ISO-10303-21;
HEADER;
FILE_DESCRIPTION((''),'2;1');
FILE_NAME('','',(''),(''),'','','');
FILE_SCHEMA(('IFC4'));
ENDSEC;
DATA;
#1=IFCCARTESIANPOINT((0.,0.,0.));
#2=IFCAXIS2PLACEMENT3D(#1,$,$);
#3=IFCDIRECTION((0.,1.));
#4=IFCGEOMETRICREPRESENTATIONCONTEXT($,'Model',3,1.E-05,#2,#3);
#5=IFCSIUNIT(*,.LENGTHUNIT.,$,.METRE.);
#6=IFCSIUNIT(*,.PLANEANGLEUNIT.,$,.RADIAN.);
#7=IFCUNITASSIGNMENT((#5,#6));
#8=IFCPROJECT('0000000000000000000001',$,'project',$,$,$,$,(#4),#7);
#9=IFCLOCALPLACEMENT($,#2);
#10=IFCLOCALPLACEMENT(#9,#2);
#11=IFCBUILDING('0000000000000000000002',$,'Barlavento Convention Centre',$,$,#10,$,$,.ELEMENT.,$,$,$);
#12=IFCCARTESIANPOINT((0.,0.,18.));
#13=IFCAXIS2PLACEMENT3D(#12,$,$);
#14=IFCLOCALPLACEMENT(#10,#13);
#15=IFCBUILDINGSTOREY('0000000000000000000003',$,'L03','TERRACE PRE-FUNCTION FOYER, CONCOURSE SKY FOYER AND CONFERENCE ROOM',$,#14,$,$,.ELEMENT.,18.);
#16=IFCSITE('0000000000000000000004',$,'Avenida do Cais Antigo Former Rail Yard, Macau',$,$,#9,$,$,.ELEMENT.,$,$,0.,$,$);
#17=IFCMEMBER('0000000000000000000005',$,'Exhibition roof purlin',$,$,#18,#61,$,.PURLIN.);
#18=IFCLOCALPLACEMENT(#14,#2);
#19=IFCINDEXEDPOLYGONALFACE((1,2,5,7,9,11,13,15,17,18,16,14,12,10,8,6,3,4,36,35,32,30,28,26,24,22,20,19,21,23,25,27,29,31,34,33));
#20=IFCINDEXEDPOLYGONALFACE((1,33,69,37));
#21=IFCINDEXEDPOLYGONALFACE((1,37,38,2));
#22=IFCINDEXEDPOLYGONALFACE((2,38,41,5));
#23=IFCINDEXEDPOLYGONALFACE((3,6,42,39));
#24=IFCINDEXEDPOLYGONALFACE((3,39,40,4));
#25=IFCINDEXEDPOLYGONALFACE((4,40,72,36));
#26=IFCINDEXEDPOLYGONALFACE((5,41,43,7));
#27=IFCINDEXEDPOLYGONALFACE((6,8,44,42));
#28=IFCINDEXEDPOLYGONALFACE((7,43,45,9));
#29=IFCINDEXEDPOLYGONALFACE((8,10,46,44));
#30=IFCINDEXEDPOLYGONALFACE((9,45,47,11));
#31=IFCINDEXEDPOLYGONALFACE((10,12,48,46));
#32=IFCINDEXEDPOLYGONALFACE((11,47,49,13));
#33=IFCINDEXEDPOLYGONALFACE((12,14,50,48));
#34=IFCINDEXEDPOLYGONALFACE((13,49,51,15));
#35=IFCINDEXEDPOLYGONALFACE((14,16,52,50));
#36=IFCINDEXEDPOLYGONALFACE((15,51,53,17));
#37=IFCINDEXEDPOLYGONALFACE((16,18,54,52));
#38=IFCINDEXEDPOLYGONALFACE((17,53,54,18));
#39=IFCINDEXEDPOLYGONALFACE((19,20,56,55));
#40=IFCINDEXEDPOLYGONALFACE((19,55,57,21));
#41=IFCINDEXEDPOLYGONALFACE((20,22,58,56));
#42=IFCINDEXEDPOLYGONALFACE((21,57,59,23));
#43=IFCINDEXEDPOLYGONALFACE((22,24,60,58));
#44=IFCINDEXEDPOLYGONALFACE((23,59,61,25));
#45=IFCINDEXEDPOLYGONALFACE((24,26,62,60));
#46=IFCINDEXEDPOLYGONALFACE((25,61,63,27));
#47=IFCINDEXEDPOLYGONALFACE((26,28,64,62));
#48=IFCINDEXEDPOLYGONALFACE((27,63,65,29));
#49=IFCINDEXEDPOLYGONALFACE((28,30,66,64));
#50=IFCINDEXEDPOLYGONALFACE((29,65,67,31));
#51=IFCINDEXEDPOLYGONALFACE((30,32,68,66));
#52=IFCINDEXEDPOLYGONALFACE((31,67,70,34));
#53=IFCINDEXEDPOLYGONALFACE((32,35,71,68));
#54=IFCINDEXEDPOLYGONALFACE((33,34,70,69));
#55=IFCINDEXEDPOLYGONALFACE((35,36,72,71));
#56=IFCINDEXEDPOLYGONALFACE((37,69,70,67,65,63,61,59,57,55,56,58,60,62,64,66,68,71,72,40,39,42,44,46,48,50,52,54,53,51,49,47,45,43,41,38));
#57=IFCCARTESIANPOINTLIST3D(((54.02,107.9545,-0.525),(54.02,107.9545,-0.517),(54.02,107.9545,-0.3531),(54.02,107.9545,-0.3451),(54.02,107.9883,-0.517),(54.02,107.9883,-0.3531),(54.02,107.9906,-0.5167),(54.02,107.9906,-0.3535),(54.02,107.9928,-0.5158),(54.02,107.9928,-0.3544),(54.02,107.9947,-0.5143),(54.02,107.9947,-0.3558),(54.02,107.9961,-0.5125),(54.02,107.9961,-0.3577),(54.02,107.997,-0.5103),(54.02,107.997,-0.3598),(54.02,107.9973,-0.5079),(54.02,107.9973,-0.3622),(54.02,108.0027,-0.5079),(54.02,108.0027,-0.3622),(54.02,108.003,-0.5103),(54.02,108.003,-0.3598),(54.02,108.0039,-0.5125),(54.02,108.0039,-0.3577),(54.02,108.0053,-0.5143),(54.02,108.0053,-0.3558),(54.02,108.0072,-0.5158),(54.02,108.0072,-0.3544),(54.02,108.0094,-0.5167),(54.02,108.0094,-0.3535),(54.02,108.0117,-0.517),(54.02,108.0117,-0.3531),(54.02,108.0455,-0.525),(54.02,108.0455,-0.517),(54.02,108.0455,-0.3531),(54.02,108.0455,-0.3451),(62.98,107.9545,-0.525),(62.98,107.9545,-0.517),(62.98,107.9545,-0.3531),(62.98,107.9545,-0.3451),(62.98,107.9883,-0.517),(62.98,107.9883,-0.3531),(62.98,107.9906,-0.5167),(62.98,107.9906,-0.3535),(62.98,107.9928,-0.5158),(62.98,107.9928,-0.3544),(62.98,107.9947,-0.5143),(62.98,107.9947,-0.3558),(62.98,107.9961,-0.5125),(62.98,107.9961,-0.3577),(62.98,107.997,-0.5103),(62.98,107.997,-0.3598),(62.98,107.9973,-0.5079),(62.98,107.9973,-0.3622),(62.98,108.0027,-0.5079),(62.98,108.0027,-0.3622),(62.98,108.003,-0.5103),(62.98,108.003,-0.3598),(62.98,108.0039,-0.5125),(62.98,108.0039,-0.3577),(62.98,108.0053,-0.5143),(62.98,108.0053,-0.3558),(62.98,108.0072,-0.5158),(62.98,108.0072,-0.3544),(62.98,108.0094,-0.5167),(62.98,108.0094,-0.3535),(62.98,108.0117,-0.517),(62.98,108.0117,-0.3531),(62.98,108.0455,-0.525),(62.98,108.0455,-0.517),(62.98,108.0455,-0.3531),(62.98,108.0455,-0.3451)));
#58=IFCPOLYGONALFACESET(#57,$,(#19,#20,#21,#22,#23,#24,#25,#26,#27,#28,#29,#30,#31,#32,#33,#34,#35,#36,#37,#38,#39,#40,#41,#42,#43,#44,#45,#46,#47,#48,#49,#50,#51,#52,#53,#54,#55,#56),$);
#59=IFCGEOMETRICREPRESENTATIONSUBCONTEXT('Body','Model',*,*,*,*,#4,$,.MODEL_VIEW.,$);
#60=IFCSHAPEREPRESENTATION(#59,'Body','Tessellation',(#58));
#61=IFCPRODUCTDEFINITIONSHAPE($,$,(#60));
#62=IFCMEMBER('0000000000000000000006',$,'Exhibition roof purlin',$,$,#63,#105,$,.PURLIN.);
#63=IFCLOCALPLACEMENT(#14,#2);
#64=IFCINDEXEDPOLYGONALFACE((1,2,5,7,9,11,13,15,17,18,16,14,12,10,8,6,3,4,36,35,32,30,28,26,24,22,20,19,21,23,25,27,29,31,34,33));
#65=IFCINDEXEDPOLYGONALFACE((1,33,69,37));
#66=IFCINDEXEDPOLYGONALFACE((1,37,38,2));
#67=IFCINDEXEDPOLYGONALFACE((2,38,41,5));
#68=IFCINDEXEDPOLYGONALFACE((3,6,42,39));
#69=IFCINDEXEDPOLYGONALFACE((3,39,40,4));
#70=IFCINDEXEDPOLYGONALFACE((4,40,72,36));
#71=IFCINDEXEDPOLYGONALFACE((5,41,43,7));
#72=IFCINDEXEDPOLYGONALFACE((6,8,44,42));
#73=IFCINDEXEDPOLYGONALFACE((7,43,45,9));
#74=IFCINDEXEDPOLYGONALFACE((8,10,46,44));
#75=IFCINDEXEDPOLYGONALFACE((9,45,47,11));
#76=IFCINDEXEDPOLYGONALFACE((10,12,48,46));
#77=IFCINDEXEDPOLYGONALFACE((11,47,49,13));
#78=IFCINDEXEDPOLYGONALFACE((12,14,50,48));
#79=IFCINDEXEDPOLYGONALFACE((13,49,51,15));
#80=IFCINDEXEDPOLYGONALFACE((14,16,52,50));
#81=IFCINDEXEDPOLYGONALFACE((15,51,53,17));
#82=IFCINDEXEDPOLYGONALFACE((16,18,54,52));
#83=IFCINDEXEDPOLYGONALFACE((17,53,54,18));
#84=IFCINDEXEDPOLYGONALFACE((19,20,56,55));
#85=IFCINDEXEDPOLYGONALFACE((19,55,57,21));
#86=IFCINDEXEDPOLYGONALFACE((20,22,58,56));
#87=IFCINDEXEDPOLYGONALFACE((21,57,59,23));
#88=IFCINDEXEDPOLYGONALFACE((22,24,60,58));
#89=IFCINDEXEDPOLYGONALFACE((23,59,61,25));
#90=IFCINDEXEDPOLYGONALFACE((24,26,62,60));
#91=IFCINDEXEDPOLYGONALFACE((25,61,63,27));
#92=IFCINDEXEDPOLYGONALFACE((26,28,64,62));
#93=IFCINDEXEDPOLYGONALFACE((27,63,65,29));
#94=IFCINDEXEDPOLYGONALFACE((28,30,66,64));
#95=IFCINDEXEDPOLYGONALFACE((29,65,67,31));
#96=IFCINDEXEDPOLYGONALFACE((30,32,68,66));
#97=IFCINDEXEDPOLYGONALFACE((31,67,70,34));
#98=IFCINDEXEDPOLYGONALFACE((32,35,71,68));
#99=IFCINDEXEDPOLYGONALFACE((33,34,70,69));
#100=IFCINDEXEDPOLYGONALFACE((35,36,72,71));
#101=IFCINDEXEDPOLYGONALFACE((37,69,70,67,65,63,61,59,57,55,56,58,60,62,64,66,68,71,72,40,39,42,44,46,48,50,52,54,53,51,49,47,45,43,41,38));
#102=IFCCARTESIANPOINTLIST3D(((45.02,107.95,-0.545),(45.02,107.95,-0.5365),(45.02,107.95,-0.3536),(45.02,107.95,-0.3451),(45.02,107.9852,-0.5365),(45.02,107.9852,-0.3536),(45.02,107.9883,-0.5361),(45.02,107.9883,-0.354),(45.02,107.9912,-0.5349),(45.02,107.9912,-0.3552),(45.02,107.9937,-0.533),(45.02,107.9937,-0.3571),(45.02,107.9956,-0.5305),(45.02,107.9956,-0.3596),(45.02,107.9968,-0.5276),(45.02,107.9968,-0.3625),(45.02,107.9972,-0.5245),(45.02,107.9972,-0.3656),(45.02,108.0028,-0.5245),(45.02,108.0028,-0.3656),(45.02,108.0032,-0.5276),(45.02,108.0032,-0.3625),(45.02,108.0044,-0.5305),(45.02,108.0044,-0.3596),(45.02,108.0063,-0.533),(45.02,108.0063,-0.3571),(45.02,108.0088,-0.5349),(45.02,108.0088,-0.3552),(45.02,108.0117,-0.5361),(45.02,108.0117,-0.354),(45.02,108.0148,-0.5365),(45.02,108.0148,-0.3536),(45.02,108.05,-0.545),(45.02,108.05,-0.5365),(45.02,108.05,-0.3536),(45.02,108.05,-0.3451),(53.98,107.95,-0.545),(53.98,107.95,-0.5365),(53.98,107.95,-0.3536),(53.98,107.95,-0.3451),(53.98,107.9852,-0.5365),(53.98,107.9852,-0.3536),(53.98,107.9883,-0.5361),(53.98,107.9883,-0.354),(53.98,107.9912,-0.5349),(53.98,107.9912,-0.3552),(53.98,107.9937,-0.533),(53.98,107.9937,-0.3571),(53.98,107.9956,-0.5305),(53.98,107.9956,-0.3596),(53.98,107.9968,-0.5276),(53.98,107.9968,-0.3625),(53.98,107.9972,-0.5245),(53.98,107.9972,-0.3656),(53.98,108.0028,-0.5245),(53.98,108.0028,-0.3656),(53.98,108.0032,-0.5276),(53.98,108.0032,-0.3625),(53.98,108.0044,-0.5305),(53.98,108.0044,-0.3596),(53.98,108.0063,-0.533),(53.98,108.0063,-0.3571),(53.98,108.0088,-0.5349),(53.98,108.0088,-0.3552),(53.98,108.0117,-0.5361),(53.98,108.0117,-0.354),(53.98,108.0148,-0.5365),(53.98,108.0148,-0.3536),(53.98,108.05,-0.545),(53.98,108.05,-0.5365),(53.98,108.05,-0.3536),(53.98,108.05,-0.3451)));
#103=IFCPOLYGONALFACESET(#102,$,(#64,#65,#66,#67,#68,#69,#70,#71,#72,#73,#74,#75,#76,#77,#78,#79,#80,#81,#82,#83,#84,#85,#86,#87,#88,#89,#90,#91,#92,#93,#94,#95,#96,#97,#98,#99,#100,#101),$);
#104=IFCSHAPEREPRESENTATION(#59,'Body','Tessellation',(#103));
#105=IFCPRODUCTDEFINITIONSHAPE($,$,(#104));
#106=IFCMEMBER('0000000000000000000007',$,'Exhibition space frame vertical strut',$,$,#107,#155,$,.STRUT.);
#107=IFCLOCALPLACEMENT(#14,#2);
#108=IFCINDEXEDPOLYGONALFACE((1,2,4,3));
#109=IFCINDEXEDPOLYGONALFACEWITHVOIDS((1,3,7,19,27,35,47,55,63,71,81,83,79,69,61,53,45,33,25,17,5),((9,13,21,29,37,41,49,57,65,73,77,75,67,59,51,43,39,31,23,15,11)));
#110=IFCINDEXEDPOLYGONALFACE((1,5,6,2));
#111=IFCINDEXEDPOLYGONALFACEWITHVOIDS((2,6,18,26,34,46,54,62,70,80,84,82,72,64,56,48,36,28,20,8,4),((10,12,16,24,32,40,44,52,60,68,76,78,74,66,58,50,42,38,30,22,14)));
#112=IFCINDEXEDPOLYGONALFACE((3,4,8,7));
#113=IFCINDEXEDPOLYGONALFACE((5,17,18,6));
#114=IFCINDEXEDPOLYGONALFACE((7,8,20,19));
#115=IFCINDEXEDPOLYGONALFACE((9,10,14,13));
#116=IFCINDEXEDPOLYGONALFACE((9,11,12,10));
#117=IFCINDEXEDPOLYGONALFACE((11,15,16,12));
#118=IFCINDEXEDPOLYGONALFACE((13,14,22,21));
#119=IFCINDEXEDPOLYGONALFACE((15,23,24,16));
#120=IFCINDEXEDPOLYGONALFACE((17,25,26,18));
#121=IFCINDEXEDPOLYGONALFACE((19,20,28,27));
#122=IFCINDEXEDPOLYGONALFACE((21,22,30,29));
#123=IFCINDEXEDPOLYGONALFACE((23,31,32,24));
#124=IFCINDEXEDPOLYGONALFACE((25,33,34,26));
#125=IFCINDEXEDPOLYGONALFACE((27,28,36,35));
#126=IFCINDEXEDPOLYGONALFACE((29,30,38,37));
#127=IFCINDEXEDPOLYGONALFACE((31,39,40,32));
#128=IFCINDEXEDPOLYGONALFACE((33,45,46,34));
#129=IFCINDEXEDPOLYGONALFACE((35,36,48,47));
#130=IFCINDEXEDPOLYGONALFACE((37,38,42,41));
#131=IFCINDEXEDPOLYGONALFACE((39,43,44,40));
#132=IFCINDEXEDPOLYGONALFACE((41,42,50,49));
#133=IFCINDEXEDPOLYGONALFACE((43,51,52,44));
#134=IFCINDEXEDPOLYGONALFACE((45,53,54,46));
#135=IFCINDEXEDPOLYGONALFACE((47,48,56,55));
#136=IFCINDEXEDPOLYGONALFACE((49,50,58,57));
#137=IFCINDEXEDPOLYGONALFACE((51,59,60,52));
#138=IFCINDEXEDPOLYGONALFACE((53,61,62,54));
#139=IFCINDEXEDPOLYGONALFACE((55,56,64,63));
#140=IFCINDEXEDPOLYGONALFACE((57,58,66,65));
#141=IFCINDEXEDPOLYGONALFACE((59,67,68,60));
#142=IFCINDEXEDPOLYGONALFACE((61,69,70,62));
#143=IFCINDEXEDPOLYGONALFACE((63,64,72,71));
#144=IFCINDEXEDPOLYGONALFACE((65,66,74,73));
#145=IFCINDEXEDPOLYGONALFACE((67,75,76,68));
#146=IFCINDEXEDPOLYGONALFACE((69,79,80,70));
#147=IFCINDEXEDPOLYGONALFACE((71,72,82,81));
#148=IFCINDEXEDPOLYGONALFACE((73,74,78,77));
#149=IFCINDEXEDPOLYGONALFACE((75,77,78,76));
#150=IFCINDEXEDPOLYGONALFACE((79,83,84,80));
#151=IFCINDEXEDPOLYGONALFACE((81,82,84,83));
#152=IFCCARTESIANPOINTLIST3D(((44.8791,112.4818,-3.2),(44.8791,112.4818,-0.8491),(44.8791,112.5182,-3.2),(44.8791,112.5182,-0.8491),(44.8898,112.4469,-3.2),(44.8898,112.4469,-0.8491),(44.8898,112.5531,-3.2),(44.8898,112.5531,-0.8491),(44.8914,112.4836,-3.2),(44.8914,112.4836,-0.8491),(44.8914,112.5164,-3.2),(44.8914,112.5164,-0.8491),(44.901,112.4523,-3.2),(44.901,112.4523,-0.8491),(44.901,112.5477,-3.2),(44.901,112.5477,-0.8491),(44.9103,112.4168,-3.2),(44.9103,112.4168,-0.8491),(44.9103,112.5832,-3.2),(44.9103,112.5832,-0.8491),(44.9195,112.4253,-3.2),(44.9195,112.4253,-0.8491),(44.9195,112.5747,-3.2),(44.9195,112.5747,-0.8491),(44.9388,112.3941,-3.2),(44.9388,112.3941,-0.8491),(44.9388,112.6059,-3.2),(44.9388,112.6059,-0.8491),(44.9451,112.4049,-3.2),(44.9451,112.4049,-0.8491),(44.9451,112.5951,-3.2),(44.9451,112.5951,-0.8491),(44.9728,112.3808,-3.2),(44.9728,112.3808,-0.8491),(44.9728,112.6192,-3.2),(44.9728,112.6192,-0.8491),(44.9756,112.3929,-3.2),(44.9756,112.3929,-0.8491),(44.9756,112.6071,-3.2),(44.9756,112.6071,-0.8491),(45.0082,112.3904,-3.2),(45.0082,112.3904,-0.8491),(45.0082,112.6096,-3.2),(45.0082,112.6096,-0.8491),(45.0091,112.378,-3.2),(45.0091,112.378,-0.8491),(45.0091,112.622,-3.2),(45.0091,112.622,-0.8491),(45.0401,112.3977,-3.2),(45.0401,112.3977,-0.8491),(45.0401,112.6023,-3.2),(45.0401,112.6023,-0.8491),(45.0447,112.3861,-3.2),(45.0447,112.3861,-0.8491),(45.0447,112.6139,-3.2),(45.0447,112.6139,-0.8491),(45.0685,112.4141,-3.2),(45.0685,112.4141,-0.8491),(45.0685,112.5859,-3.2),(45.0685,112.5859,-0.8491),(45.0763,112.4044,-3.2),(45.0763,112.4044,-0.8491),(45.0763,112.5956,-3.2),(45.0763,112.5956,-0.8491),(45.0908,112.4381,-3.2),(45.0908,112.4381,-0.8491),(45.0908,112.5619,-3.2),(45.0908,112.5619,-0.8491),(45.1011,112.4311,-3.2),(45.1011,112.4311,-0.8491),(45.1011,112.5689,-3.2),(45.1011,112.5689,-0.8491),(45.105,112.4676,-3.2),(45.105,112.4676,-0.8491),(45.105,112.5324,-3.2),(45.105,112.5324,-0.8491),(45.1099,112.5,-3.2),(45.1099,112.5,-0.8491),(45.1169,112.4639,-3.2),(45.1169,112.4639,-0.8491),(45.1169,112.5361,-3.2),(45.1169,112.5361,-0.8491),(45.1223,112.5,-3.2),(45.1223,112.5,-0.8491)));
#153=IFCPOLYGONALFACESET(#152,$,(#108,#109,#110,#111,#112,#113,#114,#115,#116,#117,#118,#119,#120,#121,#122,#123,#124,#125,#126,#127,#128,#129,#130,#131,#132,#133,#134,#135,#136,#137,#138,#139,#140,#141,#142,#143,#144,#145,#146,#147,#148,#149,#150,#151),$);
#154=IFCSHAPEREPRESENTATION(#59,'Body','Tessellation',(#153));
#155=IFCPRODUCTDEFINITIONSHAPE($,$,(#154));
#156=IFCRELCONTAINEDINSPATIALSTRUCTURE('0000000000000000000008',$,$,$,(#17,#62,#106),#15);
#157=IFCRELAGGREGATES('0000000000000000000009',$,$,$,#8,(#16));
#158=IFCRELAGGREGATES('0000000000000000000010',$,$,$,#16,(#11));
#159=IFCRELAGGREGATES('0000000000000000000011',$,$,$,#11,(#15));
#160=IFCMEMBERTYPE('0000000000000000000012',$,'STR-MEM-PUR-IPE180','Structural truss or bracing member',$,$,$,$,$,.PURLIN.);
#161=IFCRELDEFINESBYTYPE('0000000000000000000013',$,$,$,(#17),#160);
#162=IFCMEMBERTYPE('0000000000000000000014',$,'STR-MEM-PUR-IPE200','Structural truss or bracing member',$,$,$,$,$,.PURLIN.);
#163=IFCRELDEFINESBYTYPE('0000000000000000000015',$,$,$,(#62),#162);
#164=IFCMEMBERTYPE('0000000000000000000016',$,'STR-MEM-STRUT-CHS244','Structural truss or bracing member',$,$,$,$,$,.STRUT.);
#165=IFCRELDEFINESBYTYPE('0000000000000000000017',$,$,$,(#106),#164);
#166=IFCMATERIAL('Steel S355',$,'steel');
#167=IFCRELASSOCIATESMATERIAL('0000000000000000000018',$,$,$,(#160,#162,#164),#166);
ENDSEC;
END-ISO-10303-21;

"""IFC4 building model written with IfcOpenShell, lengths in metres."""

from ifc_helpers import new_model, si_unit, direction, frame, origin, origin_2d, place, context, subcontext, project, spatial, hollow_circle, i_section, extrude, material, material_profile, profile_set, type_object, element, save


model = new_model("IFC4")

# Units and contexts
model_context = context("Model", 3, precision=1e-05, world=origin(), true_north=direction((0.0, 1.0)))
body_context = subcontext(model_context, "Body", "Model", "MODEL_VIEW")
ifc_project = project(units=[si_unit("LENGTHUNIT", "METRE"), si_unit("PLANEANGLEUNIT", "RADIAN")], contexts=[model_context])

# Site, building, storey
site_placement = place(None, origin())
site = spatial("IfcSite", under=ifc_project, at=site_placement, Name="Avenida do Cais Antigo Former Rail Yard, Macau", CompositionType="ELEMENT", RefElevation=0.0)
building_placement = place(site_placement, origin())
building = spatial("IfcBuilding", under=site, at=building_placement, Name="Barlavento Convention Centre", CompositionType="ELEMENT")
storey_placement = place(building_placement, frame((0.0, 0.0, 18.0)))
storey = spatial("IfcBuildingStorey", under=building, at=storey_placement, Name="L03", Description="TERRACE PRE-FUNCTION FOYER, CONCOURSE SKY FOYER AND CONFERENCE ROOM", CompositionType="ELEMENT", Elevation=18.0)

# Shared definitions
ifc_material_1 = material(Name="Steel S355", Category="steel")

# Members
ifc_material_profile_1 = material_profile(ifc_material_1, i_section(OverallWidth=0.0911, OverallDepth=0.1799, WebThickness=0.0054, FlangeThickness=0.0081, FilletRadius=0.009, at=origin_2d()), Name="IPE 180")
ifc_profile_set_1 = profile_set([ifc_material_profile_1], Name="Steel S355")
member_type_1 = type_object("IfcMemberType", Name="STR-MEM-PUR-IPE180", Description="Structural truss or bracing member", PredefinedType="PURLIN", material=ifc_profile_set_1)
member_1_placement = place(storey_placement, frame((54.02, 108.0, -0.4351), z_axis=(1.0, 0.0, 0.0), x_axis=(0.0, 1.0, 0.0)))
element("IfcMember", 1, at=member_1_placement, inside=storey, type_object=member_type_1, Name="Exhibition roof purlin", PredefinedType="PURLIN", context=body_context, shape_type="SweptSolid", body=[
    extrude(i_section(OverallWidth=0.0911, OverallDepth=0.1799, WebThickness=0.0054, FlangeThickness=0.0081, FilletRadius=0.009, at=origin_2d()), origin(), (0.0, 0.0, 1.0), 8.96),
])
ifc_material_profile_2 = material_profile(ifc_material_1, i_section(OverallWidth=0.1001, OverallDepth=0.2, WebThickness=0.0056, FlangeThickness=0.0085, FilletRadius=0.012, at=origin_2d()), Name="IPE 200")
ifc_profile_set_2 = profile_set([ifc_material_profile_2], Name="Steel S355")
member_type_2 = type_object("IfcMemberType", Name="STR-MEM-PUR-IPE200", Description="Structural truss or bracing member", PredefinedType="PURLIN", material=ifc_profile_set_2)
member_2_placement = place(storey_placement, frame((45.02, 108.0, -0.4451), z_axis=(1.0, 0.0, 0.0), x_axis=(0.0, 1.0, 0.0)))
element("IfcMember", 2, at=member_2_placement, inside=storey, type_object=member_type_2, Name="Exhibition roof purlin", PredefinedType="PURLIN", context=body_context, shape_type="SweptSolid", body=[
    extrude(i_section(OverallWidth=0.1001, OverallDepth=0.2, WebThickness=0.0056, FlangeThickness=0.0085, FilletRadius=0.012, at=origin_2d()), origin(), (0.0, 0.0, 1.0), 8.96),
])
ifc_material_profile_3 = material_profile(ifc_material_1, hollow_circle(Radius=0.1223, WallThickness=0.0125, at=origin_2d()), Name="CHS 244.5x12.5")
ifc_profile_set_3 = profile_set([ifc_material_profile_3], Name="Steel S355")
member_type_3 = type_object("IfcMemberType", Name="STR-MEM-STRUT-CHS244", Description="Structural truss or bracing member", PredefinedType="STRUT", material=ifc_profile_set_3)
member_3_placement = place(storey_placement, frame((45.0, 112.5, -3.2), z_axis=(0.0, 0.0, 1.0), x_axis=(1.0, 0.0, 0.0)))
element("IfcMember", 3, at=member_3_placement, inside=storey, type_object=member_type_3, Name="Exhibition space frame vertical strut", PredefinedType="STRUT", context=body_context, shape_type="SweptSolid", body=[
    extrude(hollow_circle(Radius=0.1223, WallThickness=0.0125, at=origin_2d()), origin(), (0.0, 0.0, 1.0), 2.3508),
])

save(model, "model.ifc")
